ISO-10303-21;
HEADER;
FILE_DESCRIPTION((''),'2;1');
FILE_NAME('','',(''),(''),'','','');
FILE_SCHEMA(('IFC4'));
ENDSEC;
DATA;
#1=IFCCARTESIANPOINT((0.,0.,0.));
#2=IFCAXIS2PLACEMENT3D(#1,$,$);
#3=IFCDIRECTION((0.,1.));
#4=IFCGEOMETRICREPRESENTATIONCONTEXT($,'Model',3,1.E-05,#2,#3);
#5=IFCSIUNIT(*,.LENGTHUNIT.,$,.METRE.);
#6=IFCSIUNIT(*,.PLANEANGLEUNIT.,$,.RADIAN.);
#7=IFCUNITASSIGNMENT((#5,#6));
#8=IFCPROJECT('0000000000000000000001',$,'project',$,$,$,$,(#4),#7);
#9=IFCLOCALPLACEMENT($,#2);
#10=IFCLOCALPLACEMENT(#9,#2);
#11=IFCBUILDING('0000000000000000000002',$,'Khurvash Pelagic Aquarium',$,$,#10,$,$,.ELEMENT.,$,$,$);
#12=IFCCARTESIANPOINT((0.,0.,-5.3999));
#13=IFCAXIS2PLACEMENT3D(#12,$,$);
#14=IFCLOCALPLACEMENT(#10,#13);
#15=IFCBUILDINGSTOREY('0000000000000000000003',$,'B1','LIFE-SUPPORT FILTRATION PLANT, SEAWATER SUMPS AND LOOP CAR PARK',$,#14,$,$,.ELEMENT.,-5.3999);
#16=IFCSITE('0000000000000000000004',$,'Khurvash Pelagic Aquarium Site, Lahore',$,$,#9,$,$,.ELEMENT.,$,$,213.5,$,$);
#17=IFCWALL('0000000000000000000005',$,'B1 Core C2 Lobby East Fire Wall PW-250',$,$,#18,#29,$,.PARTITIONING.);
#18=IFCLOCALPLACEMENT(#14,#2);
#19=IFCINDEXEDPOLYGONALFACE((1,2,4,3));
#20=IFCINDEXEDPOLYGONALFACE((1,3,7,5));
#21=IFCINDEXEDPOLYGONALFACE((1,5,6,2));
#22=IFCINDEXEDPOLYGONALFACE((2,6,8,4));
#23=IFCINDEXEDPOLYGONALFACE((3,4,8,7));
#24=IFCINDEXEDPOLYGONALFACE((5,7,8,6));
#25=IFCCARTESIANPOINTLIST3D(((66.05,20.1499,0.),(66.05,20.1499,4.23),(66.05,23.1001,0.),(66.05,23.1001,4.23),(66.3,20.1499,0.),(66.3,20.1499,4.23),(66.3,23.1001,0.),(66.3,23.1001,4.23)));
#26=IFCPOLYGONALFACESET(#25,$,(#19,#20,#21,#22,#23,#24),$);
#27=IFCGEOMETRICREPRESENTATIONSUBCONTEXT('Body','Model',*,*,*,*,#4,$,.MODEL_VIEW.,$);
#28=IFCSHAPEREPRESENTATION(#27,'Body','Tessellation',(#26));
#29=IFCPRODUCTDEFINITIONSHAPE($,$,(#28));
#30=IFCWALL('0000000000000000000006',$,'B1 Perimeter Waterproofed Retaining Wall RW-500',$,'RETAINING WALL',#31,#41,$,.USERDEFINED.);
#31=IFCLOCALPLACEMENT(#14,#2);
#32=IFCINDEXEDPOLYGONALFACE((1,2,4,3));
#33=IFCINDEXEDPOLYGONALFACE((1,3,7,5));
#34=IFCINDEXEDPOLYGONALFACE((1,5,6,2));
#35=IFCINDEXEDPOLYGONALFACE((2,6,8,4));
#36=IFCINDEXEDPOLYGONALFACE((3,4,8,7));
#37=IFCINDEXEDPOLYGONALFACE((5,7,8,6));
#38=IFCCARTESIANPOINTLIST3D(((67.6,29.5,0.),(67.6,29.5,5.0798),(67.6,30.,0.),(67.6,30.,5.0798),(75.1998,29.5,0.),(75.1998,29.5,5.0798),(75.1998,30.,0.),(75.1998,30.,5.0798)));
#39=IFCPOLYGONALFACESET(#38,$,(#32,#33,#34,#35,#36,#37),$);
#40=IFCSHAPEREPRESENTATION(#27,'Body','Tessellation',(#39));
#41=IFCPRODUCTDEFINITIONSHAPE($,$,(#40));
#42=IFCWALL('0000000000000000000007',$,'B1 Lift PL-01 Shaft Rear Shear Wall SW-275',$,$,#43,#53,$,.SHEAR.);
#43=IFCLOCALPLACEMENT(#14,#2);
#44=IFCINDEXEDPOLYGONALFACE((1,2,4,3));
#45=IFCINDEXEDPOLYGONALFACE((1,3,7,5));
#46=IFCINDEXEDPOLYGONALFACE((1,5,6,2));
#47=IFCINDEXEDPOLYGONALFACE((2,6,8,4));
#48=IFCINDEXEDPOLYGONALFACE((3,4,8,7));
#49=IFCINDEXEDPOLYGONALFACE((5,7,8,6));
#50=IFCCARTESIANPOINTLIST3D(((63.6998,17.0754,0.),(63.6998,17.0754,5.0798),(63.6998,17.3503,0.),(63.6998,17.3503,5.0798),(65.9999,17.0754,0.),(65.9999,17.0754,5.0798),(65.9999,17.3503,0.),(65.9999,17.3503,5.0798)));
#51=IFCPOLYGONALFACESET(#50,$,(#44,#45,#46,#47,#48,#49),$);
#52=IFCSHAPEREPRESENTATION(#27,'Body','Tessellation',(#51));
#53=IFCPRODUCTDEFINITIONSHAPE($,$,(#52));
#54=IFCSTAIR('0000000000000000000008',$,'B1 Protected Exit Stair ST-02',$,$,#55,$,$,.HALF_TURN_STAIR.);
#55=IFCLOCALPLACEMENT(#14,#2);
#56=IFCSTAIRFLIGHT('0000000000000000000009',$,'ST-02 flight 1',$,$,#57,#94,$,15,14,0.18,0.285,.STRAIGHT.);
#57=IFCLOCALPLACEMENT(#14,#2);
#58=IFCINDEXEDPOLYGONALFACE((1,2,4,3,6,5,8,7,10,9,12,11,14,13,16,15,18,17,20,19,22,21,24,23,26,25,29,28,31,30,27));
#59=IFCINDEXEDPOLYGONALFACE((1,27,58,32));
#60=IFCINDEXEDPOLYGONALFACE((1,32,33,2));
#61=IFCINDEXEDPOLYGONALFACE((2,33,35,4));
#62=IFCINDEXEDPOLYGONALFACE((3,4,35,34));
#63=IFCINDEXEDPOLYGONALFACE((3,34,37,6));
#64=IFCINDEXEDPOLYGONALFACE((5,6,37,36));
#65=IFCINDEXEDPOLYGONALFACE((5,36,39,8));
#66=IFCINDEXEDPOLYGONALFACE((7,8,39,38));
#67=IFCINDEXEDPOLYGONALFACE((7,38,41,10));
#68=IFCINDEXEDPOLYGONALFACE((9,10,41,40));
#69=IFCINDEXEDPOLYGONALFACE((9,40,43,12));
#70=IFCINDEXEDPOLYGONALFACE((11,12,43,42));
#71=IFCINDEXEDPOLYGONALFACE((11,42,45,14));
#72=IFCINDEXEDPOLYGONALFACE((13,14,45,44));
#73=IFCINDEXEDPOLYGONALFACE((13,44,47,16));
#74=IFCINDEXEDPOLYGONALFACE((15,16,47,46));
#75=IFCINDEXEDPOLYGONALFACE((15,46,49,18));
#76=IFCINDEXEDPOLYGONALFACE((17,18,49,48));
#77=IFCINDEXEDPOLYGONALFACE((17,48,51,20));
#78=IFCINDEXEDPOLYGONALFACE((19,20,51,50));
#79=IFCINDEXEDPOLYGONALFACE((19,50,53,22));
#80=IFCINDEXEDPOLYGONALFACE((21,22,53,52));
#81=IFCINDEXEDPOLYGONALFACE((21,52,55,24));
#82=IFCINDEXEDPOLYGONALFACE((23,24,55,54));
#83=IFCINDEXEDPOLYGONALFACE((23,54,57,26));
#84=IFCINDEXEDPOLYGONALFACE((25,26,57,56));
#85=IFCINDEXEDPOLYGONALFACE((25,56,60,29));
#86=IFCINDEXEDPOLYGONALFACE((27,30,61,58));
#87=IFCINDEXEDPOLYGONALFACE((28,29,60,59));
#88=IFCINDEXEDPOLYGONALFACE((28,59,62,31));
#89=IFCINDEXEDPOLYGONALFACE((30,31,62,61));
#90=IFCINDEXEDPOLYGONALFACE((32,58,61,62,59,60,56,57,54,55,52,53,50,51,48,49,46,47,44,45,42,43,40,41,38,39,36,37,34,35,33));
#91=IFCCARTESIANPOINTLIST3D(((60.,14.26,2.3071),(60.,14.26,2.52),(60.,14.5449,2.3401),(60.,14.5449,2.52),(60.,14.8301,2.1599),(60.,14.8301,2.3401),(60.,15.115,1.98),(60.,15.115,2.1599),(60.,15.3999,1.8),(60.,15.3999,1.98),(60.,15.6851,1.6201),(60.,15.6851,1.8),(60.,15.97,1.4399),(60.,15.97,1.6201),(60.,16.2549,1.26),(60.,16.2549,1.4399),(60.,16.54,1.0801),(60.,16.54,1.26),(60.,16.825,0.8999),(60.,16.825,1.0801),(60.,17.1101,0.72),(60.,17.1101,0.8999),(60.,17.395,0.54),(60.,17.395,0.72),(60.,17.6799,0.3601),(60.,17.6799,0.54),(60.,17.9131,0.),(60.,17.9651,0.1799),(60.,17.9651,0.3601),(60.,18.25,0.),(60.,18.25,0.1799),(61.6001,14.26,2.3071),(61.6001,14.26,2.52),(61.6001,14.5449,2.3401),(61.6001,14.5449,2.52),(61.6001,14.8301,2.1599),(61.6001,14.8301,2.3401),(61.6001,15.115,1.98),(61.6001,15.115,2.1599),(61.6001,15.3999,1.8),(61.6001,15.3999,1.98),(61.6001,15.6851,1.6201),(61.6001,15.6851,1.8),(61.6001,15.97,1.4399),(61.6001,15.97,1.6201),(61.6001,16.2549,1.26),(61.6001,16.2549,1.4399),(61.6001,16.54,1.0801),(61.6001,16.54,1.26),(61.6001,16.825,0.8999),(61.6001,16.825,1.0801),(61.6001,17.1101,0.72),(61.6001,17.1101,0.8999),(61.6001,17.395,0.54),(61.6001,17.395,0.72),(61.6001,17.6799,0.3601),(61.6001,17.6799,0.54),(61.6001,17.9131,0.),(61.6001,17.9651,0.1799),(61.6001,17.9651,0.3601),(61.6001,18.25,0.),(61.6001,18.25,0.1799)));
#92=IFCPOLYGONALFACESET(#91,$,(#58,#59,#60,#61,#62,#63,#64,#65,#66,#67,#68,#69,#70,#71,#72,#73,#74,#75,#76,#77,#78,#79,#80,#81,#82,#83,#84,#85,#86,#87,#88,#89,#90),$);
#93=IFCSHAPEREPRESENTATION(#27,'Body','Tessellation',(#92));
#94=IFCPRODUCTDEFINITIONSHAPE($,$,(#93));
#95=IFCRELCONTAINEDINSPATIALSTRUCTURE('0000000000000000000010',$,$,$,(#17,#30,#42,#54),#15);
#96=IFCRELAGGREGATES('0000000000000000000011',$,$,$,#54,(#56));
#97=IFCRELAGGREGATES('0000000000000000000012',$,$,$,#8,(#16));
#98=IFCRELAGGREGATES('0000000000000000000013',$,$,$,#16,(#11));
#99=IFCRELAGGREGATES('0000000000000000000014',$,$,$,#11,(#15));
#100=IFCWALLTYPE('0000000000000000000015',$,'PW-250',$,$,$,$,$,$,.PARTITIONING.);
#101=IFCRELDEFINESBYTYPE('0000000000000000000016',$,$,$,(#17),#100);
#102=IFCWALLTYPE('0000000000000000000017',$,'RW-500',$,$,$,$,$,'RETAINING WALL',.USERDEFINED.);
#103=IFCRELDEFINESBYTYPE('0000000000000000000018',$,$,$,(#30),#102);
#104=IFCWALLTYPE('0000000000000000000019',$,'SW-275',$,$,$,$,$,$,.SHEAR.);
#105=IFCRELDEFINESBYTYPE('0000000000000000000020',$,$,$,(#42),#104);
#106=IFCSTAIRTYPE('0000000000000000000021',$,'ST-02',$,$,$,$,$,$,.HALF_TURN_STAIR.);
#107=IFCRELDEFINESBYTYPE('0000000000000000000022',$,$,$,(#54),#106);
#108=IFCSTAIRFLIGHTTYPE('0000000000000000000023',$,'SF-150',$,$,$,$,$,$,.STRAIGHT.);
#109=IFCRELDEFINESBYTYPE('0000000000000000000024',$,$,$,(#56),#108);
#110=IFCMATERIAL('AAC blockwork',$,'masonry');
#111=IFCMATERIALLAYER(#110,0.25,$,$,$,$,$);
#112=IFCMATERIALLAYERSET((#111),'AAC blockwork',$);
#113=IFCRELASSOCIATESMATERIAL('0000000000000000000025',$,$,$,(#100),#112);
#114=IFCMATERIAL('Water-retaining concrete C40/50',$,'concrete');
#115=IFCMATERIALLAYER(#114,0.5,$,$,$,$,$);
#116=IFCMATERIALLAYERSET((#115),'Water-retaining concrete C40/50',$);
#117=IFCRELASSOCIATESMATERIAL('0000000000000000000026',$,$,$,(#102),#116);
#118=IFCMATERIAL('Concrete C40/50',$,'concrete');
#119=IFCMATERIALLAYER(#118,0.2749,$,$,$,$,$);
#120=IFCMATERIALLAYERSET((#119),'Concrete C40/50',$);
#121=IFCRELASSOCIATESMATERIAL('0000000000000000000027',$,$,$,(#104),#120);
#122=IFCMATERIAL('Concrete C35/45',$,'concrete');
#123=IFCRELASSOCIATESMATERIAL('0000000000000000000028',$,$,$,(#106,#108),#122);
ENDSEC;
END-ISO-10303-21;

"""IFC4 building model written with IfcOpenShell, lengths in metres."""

from ifc_helpers import new_model, si_unit, direction, frame, frame_2d, origin, place, context, subcontext, project, spatial, polyline, rectangle, outline, extrude, material, layer, layer_set, type_object, element, aggregate, save


model = new_model("IFC4")

# Units and contexts
model_context = context("Model", 3, precision=1e-05, world=origin(), true_north=direction((0.0, 1.0)))
body_context = subcontext(model_context, "Body", "Model", "MODEL_VIEW")
ifc_project = project(units=[si_unit("LENGTHUNIT", "METRE"), si_unit("PLANEANGLEUNIT", "RADIAN")], contexts=[model_context])

# Site, building, storey
site_placement = place(None, origin())
site = spatial("IfcSite", under=ifc_project, at=site_placement, Name="Khurvash Pelagic Aquarium Site, Lahore", CompositionType="ELEMENT", RefElevation=213.5)
building_placement = place(site_placement, origin())
building = spatial("IfcBuilding", under=site, at=building_placement, Name="Khurvash Pelagic Aquarium", CompositionType="ELEMENT")
storey_placement = place(building_placement, frame((0.0, 0.0, -5.3999)))
storey = spatial("IfcBuildingStorey", under=building, at=storey_placement, Name="B1", Description="LIFE-SUPPORT FILTRATION PLANT, SEAWATER SUMPS AND LOOP CAR PARK", CompositionType="ELEMENT", Elevation=-5.3999)

# Shared definitions
ifc_material_1 = material(Name="Concrete C35/45", Category="concrete")

# Shared definitions
ifc_material_2 = material(Name="Concrete C40/50", Category="concrete")

# Walls
ifc_material_3 = material(Name="AAC blockwork", Category="masonry")
ifc_layer_1 = layer(ifc_material_3, 0.25)
ifc_layer_set_1 = layer_set([ifc_layer_1], Name="AAC blockwork")
wall_type_1 = type_object("IfcWallType", Name="PW-250", PredefinedType="PARTITIONING", material=ifc_layer_set_1)
wall_1_placement = place(storey_placement, frame((66.175, 20.1499, 0.0), z_axis=(0.0, 0.0, 1.0), x_axis=(0.0, 1.0, 0.0)))
element("IfcWall", 1, at=wall_1_placement, inside=storey, type_object=wall_type_1, Name="B1 Core C2 Lobby East Fire Wall PW-250", PredefinedType="PARTITIONING", context=body_context, shape_type="SweptSolid", body=[
    extrude(rectangle(XDim=2.9502, YDim=0.25, at=frame_2d((1.4751, 0.0))), origin(), (0.0, 0.0, 1.0), 4.23),
])
ifc_material_4 = material(Name="Water-retaining concrete C40/50", Category="concrete")
ifc_layer_2 = layer(ifc_material_4, 0.5)
ifc_layer_set_2 = layer_set([ifc_layer_2], Name="Water-retaining concrete C40/50")
wall_type_2 = type_object("IfcWallType", Name="RW-500", ElementType="RETAINING WALL", PredefinedType="USERDEFINED", material=ifc_layer_set_2)
wall_2_placement = place(storey_placement, frame((67.6001, 29.75, 0.0), z_axis=(0.0, 0.0, 1.0), x_axis=(1.0, 0.0, 0.0)))
element("IfcWall", 2, at=wall_2_placement, inside=storey, type_object=wall_type_2, Name="B1 Perimeter Waterproofed Retaining Wall RW-500", ObjectType="RETAINING WALL", PredefinedType="USERDEFINED", context=body_context, shape_type="SweptSolid", body=[
    extrude(rectangle(XDim=7.5999, YDim=0.5, at=frame_2d((3.7998, 0.0))), origin(), (0.0, 0.0, 1.0), 5.0798),
])
ifc_layer_3 = layer(ifc_material_2, 0.2749)
ifc_layer_set_3 = layer_set([ifc_layer_3], Name="Concrete C40/50")
wall_type_3 = type_object("IfcWallType", Name="SW-275", PredefinedType="SHEAR", material=ifc_layer_set_3)
wall_3_placement = place(storey_placement, frame((63.7, 17.2129, 0.0), z_axis=(0.0, 0.0, 1.0), x_axis=(1.0, 0.0, 0.0)))
element("IfcWall", 3, at=wall_3_placement, inside=storey, type_object=wall_type_3, Name="B1 Lift PL-01 Shaft Rear Shear Wall SW-275", PredefinedType="SHEAR", context=body_context, shape_type="SweptSolid", body=[
    extrude(rectangle(XDim=2.3, YDim=0.2749, at=frame_2d((1.1499, 0.0))), origin(), (0.0, 0.0, 1.0), 5.0798),
])

# Stair, stair flight
stair_type = type_object("IfcStairType", Name="ST-02", PredefinedType="HALF_TURN_STAIR", material=ifc_material_1)
stair_placement = place(storey_placement, origin())
stair = element("IfcStair", 4, at=stair_placement, inside=storey, type_object=stair_type, Name="B1 Protected Exit Stair ST-02", PredefinedType="HALF_TURN_STAIR")
stair_flight_type = type_object("IfcStairFlightType", Name="SF-150", PredefinedType="STRAIGHT", material=ifc_material_1)
stair_flight_placement = place(storey_placement, frame((60.8, 18.25, 0.0), z_axis=(0.0, 0.0, 1.0), x_axis=(0.0, -1.0, 0.0)))
stair_flight = element("IfcStairFlight", 5, at=stair_flight_placement, type_object=stair_flight_type, Name="ST-02 flight 1", NumberOfRisers=15, NumberOfTreads=14, PredefinedType="STRAIGHT", RiserHeight=0.18, TreadLength=0.285, context=body_context, shape_type="SweptSolid", body=[
    extrude(outline(polyline([(0.0, 0.0), (0.0, 0.1799), (0.2849, 0.1799), (0.2849, 0.3601), (0.5701, 0.3601), (0.5701, 0.54), (0.855, 0.54), (0.855, 0.72), (1.1399, 0.72), (1.1399, 0.8999), (1.425, 0.8999), (1.425, 1.0801), (1.71, 1.0801), (1.71, 1.26), (1.9951, 1.26), (1.9951, 1.4399), (2.28, 1.4399), (2.28, 1.6201), (2.5649, 1.6201), (2.5649, 1.8), (2.8501, 1.8), (2.8501, 1.98), (3.135, 1.98), (3.135, 2.1599), (3.4199, 2.1599), (3.4199, 2.3401), (3.7051, 2.3401), (3.7051, 2.52), (3.99, 2.52), (3.99, 2.7), (3.99, 2.3071), (0.3369, 0.0), (0.0, 0.0)])), frame((0.0, 0.8, 0.0), z_axis=(0.0, -1.0, 0.0), x_axis=(1.0, 0.0, 0.0)), (0.0, 0.0, 1.0), 1.6001),
])
aggregate(stair, [stair_flight])

save(model, "model.ifc")
